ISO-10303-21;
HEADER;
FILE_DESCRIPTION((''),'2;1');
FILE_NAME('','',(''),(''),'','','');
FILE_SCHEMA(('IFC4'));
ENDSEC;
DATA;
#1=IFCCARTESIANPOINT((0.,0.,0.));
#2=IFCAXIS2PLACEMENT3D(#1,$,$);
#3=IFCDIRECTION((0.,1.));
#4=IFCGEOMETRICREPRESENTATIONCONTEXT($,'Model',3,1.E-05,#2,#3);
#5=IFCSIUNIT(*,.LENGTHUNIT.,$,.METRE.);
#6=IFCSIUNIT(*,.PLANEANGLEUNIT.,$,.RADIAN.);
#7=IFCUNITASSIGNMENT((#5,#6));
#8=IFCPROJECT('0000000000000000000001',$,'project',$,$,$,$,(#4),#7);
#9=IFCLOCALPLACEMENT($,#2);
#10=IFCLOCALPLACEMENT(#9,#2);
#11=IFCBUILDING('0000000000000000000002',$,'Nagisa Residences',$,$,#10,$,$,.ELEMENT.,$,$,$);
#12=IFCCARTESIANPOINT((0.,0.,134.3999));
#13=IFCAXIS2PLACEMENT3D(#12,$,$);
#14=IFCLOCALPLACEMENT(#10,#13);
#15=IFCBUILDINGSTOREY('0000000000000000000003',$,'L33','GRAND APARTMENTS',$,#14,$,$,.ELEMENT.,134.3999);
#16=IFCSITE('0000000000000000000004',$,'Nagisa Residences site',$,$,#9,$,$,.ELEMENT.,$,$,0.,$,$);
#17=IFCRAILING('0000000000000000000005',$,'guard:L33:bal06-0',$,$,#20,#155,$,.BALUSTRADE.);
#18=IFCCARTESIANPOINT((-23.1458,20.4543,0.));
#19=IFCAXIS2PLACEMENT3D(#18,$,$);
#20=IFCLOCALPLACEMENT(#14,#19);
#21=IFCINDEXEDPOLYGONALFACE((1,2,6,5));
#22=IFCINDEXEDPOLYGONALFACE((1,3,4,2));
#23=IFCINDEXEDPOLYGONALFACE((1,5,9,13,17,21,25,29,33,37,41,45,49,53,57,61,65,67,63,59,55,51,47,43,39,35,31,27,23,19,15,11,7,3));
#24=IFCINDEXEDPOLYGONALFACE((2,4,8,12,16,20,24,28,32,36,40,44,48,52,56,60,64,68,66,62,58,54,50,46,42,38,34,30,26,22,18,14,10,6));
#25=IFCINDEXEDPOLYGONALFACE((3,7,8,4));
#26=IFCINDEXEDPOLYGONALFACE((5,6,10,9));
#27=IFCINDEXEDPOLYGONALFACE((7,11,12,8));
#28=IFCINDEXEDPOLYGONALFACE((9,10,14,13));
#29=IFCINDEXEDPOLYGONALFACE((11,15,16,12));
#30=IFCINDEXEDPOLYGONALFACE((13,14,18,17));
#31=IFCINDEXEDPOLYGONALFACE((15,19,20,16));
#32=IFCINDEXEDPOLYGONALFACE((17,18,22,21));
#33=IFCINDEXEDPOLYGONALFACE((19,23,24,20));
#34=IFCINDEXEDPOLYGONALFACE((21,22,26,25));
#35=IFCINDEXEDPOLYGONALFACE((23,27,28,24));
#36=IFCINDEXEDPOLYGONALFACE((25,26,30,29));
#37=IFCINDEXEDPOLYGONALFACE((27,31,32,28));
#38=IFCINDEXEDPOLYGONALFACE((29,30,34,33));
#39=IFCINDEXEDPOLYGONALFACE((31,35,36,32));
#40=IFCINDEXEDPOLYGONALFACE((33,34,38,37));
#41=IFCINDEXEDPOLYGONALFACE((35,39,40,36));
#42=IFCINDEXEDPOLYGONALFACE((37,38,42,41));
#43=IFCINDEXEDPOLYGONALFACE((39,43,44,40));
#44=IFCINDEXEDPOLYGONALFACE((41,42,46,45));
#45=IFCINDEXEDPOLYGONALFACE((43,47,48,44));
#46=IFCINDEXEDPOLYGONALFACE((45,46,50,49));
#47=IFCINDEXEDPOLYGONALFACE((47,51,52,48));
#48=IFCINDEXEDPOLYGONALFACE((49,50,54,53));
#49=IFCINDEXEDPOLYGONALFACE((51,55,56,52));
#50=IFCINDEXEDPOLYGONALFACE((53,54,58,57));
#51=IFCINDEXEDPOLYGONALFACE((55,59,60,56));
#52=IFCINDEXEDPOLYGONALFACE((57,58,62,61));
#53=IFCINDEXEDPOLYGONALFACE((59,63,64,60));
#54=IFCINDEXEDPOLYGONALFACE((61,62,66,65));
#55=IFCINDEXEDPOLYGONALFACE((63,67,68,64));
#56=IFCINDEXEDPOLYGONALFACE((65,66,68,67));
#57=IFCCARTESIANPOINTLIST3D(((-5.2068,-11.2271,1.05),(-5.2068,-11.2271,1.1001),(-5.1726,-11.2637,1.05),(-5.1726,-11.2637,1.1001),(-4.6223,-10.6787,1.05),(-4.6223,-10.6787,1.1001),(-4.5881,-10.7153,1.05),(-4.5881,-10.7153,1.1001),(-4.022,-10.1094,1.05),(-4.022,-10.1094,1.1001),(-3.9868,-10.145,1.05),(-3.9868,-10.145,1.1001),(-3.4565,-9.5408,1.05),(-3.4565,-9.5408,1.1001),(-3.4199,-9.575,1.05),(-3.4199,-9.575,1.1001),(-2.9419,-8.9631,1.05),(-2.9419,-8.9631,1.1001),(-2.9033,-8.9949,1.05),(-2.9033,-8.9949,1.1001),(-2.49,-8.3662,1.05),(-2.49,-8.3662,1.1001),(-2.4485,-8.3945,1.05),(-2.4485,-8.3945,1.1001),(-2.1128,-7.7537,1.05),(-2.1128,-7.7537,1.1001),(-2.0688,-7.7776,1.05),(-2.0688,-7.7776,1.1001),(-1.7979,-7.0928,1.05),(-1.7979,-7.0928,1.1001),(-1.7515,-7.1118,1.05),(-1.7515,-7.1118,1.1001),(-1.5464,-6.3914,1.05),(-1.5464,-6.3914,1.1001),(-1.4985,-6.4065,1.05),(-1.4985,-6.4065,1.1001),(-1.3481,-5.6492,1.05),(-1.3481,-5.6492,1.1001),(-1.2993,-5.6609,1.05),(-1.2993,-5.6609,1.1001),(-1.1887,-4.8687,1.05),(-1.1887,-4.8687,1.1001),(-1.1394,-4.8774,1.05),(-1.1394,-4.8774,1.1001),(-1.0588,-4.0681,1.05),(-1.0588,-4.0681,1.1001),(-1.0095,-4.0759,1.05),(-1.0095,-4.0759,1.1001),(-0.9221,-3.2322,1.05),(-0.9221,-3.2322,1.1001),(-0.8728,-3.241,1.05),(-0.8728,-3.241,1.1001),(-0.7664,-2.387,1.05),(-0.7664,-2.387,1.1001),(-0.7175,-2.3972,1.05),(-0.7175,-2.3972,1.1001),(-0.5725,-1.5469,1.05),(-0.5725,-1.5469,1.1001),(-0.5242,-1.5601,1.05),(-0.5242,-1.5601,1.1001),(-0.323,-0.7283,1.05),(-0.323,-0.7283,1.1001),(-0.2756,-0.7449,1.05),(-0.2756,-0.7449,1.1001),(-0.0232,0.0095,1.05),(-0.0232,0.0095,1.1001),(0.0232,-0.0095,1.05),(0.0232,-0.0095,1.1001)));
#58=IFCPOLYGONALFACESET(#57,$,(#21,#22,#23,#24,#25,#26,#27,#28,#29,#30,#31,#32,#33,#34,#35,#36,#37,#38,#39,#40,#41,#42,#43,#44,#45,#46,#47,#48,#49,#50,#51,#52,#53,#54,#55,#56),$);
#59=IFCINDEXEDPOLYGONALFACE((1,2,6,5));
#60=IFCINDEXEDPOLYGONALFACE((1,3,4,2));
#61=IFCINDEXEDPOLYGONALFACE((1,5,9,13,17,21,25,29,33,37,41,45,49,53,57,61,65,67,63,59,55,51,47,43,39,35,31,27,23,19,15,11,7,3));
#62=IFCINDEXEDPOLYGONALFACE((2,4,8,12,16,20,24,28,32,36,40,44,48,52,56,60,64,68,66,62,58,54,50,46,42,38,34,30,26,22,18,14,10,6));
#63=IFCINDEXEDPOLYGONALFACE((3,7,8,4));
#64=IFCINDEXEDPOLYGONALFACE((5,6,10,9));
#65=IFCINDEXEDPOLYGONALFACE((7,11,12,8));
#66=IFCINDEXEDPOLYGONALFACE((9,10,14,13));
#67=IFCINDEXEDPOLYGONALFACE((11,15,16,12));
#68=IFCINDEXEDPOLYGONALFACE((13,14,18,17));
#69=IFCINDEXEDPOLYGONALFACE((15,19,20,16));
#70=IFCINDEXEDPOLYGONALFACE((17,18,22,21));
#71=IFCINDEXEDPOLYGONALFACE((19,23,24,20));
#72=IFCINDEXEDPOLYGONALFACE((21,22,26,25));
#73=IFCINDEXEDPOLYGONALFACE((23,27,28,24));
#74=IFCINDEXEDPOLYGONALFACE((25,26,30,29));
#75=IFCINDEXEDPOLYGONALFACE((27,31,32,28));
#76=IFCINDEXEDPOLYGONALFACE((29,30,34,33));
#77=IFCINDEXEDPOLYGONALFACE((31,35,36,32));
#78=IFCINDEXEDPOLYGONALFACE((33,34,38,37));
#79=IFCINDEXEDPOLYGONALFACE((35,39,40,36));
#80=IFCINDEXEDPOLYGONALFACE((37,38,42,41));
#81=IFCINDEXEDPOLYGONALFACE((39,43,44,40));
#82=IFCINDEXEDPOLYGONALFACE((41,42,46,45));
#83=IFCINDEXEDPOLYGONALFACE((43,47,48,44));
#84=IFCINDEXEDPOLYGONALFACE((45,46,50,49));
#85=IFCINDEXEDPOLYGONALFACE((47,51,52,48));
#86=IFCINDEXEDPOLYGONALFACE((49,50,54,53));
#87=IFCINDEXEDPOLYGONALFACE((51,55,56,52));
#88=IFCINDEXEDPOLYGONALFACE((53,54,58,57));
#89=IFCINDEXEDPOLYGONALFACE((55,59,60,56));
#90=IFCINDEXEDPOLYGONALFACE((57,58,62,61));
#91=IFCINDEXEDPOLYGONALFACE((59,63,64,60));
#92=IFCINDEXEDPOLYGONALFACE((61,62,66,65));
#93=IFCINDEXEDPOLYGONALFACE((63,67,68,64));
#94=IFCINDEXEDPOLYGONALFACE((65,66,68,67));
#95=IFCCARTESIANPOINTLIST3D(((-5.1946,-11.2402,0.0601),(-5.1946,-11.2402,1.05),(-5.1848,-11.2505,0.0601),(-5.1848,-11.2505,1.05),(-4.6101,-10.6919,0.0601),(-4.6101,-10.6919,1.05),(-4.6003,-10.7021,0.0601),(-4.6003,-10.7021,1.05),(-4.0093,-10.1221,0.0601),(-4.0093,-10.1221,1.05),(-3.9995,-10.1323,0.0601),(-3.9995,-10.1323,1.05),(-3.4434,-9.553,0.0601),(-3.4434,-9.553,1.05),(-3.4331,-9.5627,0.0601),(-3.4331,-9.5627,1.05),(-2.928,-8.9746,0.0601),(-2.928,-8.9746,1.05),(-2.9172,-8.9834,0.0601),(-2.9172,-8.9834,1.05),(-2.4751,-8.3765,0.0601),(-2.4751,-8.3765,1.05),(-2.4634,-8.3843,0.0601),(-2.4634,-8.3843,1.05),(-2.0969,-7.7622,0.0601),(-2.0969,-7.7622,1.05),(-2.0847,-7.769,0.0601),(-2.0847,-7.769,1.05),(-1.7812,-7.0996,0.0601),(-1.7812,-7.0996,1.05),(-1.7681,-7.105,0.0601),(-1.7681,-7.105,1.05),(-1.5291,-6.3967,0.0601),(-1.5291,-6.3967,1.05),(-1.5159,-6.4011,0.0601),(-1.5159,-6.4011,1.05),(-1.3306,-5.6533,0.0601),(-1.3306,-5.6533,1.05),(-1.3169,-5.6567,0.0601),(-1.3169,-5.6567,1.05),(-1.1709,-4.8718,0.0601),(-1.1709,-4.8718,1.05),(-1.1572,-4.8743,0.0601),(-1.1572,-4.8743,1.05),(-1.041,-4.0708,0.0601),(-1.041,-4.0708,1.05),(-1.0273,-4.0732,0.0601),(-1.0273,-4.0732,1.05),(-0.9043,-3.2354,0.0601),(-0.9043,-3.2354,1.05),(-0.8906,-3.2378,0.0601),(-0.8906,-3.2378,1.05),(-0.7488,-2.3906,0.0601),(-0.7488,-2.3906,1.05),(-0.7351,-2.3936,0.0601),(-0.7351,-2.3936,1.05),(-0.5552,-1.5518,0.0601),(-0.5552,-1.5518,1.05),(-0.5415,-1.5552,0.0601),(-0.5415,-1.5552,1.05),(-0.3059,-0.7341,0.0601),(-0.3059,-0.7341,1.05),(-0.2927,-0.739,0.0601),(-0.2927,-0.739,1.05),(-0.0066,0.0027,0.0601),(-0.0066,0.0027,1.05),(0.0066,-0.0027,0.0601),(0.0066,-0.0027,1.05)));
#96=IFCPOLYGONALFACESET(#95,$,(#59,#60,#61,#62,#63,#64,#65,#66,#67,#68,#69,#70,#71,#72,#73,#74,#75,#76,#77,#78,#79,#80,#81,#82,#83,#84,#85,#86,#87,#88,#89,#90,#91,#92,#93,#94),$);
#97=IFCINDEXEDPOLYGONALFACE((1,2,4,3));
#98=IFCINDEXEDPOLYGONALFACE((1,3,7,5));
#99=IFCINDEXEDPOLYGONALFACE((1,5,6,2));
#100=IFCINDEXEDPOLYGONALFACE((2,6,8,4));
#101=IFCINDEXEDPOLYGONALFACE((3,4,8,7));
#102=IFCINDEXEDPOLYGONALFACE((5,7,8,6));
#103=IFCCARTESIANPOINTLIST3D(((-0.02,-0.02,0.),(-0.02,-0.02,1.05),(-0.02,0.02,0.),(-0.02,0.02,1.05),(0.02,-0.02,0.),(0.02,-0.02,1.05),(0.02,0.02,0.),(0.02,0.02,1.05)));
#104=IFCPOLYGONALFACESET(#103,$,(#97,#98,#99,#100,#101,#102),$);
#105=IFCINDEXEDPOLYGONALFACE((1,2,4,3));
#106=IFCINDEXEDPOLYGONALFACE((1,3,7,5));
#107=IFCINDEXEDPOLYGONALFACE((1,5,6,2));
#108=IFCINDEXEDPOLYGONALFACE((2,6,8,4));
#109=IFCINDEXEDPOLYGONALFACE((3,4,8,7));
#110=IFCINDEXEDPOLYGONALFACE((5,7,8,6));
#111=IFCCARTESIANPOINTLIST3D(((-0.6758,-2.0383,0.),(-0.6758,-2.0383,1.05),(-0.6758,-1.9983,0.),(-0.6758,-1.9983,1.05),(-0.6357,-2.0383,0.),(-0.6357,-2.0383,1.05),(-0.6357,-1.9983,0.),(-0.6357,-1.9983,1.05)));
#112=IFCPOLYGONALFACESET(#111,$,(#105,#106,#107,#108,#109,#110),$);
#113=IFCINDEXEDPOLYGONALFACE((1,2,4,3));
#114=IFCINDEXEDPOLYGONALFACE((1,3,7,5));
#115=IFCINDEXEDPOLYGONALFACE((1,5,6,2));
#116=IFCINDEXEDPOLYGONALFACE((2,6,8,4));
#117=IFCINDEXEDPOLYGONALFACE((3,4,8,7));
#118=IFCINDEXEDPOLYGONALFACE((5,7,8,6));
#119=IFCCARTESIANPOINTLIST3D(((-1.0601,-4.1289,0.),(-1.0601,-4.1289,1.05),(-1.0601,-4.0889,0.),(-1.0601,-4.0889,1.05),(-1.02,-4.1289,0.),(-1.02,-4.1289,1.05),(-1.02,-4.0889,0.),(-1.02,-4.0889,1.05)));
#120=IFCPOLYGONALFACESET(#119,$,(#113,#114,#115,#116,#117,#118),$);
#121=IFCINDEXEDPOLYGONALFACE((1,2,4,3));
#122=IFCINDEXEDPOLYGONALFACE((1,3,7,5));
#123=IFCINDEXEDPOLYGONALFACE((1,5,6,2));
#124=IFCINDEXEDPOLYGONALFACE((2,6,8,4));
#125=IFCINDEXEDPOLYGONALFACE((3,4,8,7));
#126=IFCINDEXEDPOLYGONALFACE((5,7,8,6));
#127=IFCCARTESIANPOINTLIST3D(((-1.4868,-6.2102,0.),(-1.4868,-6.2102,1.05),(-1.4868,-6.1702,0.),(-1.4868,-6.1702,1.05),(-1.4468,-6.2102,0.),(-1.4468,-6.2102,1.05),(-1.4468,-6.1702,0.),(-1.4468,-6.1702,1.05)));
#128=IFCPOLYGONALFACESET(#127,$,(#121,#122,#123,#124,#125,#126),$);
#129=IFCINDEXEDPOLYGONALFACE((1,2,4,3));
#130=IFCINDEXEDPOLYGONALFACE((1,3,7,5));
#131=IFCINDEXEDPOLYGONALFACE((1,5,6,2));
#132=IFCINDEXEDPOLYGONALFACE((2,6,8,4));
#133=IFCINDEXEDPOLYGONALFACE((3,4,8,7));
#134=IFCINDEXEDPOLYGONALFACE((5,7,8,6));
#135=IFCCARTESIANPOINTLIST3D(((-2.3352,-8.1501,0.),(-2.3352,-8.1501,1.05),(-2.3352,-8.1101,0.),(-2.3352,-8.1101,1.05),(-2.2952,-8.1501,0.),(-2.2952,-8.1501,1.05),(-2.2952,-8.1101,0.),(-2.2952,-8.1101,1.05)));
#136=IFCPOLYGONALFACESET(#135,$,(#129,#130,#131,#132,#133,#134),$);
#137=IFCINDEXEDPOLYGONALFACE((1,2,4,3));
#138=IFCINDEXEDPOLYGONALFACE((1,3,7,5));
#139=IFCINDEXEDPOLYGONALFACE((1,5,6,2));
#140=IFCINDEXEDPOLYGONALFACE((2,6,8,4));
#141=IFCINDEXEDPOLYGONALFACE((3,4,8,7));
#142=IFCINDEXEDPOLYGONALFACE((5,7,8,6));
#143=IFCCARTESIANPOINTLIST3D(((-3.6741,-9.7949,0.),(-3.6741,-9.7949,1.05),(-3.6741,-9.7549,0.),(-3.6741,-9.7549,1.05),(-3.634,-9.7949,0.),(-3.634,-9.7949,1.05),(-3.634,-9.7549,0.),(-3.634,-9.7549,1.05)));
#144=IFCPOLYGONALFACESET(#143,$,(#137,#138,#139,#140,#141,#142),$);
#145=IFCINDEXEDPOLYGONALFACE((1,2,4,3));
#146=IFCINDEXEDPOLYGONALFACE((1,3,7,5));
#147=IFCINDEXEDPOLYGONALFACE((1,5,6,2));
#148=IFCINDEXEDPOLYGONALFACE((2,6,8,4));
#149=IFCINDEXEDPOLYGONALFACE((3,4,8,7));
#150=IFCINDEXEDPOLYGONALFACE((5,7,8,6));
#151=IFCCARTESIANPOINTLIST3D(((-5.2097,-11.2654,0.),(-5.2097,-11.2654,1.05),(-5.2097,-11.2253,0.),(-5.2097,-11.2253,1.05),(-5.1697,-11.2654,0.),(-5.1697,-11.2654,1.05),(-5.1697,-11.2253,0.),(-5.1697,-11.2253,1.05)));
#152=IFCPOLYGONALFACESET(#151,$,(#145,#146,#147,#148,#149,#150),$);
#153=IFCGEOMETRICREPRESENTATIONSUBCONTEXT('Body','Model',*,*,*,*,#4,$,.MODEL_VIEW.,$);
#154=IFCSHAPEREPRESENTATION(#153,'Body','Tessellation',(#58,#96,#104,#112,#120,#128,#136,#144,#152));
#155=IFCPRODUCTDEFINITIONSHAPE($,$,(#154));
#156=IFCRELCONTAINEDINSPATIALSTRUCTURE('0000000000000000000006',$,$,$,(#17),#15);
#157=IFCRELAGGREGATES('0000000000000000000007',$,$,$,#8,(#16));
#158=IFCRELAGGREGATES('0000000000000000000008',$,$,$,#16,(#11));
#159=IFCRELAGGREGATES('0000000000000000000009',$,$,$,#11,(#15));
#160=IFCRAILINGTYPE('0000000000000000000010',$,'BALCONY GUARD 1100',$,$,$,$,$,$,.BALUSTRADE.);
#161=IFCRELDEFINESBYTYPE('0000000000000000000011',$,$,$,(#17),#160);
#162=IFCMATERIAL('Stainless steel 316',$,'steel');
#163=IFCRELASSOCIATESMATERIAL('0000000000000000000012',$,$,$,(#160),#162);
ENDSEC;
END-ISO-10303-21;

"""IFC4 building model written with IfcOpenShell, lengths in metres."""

from ifc_helpers import new_model, si_unit, direction, frame, origin, origin_2d, place, context, subcontext, project, spatial, polyline, rectangle, outline, extrude, material, type_object, element, save


model = new_model("IFC4")

# Units and contexts
model_context = context("Model", 3, precision=1e-05, world=origin(), true_north=direction((0.0, 1.0)))
body_context = subcontext(model_context, "Body", "Model", "MODEL_VIEW")
ifc_project = project(units=[si_unit("LENGTHUNIT", "METRE"), si_unit("PLANEANGLEUNIT", "RADIAN")], contexts=[model_context])

# Site, building, storey
site_placement = place(None, origin())
site = spatial("IfcSite", under=ifc_project, at=site_placement, Name="Nagisa Residences site", CompositionType="ELEMENT", RefElevation=0.0)
building_placement = place(site_placement, origin())
building = spatial("IfcBuilding", under=site, at=building_placement, Name="Nagisa Residences", CompositionType="ELEMENT")
storey_placement = place(building_placement, frame((0.0, 0.0, 134.3999)))
storey = spatial("IfcBuildingStorey", under=building, at=storey_placement, Name="L33", Description="GRAND APARTMENTS", CompositionType="ELEMENT", Elevation=134.3999)

# Railing
ifc_material_1 = material(Name="Stainless steel 316", Category="steel")
railing_type = type_object("IfcRailingType", Name="BALCONY GUARD 1100", PredefinedType="BALUSTRADE", material=ifc_material_1)
railing_1_placement = place(storey_placement, frame((-23.1458, 20.4543, 0.0)))
element("IfcRailing", 1, at=railing_1_placement, inside=storey, type_object=railing_type, Name="guard:L33:bal06-0", PredefinedType="BALUSTRADE", context=body_context, shape_type="SweptSolid", body=[
    extrude(outline(polyline([(-0.2756, -0.7449), (0.0232, -0.0095), (-0.0232, 0.0095), (-0.323, -0.7283), (-0.5725, -1.5469), (-0.7664, -2.387), (-0.9221, -3.2322), (-1.0588, -4.0681), (-1.1887, -4.8687), (-1.3481, -5.6492), (-1.5464, -6.3914), (-1.7979, -7.0928), (-2.1128, -7.7537), (-2.49, -8.3662), (-2.9419, -8.9631), (-3.4565, -9.5408), (-4.022, -10.1094), (-4.6223, -10.6787), (-5.2068, -11.2271), (-5.1726, -11.2637), (-4.5881, -10.7153), (-3.9868, -10.145), (-3.4199, -9.575), (-2.9033, -8.9949), (-2.4485, -8.3945), (-2.0688, -7.7776), (-1.7515, -7.1118), (-1.4985, -6.4065), (-1.2993, -5.6609), (-1.1394, -4.8774), (-1.0095, -4.0759), (-0.8728, -3.241), (-0.7175, -2.3972), (-0.5242, -1.5601), (-0.2756, -0.7449)])), frame((0.0, 0.0, 1.05)), (0.0, 0.0, 1.0), 0.05),
    extrude(outline(polyline([(-0.2927, -0.739), (0.0066, -0.0027), (-0.0066, 0.0027), (-0.3059, -0.7341), (-0.5552, -1.5518), (-0.7488, -2.3906), (-0.9043, -3.2354), (-1.041, -4.0708), (-1.1709, -4.8718), (-1.3306, -5.6533), (-1.5291, -6.3967), (-1.7812, -7.0996), (-2.0969, -7.7622), (-2.4751, -8.3765), (-2.928, -8.9746), (-3.4434, -9.553), (-4.0093, -10.1221), (-4.6101, -10.6919), (-5.1946, -11.2402), (-5.1848, -11.2505), (-4.6003, -10.7021), (-3.9995, -10.1323), (-3.4331, -9.5627), (-2.9172, -8.9834), (-2.4634, -8.3843), (-2.0847, -7.769), (-1.7681, -7.105), (-1.5159, -6.4011), (-1.3169, -5.6567), (-1.1572, -4.8743), (-1.0273, -4.0732), (-0.8906, -3.2378), (-0.7351, -2.3936), (-0.5415, -1.5552), (-0.2927, -0.739)])), frame((0.0, 0.0, 0.0601)), (0.0, 0.0, 1.0), 0.99),
    extrude(rectangle(XDim=0.04, YDim=0.04, at=origin_2d()), origin(), (0.0, 0.0, 1.0), 1.05),
    extrude(rectangle(XDim=0.04, YDim=0.04, at=origin_2d()), frame((-0.6558, -2.0183, 0.0)), (0.0, 0.0, 1.0), 1.05),
    extrude(rectangle(XDim=0.04, YDim=0.04, at=origin_2d()), frame((-1.04, -4.1089, 0.0)), (0.0, 0.0, 1.0), 1.05),
    extrude(rectangle(XDim=0.04, YDim=0.04, at=origin_2d()), frame((-1.4668, -6.1902, 0.0)), (0.0, 0.0, 1.0), 1.05),
    extrude(rectangle(XDim=0.04, YDim=0.04, at=origin_2d()), frame((-2.3152, -8.1301, 0.0)), (0.0, 0.0, 1.0), 1.05),
    extrude(rectangle(XDim=0.04, YDim=0.04, at=origin_2d()), frame((-3.6541, -9.7749, 0.0)), (0.0, 0.0, 1.0), 1.05),
    extrude(rectangle(XDim=0.04, YDim=0.04, at=origin_2d()), frame((-5.1897, -11.2454, 0.0)), (0.0, 0.0, 1.0), 1.05),
])

save(model, "model.ifc")
